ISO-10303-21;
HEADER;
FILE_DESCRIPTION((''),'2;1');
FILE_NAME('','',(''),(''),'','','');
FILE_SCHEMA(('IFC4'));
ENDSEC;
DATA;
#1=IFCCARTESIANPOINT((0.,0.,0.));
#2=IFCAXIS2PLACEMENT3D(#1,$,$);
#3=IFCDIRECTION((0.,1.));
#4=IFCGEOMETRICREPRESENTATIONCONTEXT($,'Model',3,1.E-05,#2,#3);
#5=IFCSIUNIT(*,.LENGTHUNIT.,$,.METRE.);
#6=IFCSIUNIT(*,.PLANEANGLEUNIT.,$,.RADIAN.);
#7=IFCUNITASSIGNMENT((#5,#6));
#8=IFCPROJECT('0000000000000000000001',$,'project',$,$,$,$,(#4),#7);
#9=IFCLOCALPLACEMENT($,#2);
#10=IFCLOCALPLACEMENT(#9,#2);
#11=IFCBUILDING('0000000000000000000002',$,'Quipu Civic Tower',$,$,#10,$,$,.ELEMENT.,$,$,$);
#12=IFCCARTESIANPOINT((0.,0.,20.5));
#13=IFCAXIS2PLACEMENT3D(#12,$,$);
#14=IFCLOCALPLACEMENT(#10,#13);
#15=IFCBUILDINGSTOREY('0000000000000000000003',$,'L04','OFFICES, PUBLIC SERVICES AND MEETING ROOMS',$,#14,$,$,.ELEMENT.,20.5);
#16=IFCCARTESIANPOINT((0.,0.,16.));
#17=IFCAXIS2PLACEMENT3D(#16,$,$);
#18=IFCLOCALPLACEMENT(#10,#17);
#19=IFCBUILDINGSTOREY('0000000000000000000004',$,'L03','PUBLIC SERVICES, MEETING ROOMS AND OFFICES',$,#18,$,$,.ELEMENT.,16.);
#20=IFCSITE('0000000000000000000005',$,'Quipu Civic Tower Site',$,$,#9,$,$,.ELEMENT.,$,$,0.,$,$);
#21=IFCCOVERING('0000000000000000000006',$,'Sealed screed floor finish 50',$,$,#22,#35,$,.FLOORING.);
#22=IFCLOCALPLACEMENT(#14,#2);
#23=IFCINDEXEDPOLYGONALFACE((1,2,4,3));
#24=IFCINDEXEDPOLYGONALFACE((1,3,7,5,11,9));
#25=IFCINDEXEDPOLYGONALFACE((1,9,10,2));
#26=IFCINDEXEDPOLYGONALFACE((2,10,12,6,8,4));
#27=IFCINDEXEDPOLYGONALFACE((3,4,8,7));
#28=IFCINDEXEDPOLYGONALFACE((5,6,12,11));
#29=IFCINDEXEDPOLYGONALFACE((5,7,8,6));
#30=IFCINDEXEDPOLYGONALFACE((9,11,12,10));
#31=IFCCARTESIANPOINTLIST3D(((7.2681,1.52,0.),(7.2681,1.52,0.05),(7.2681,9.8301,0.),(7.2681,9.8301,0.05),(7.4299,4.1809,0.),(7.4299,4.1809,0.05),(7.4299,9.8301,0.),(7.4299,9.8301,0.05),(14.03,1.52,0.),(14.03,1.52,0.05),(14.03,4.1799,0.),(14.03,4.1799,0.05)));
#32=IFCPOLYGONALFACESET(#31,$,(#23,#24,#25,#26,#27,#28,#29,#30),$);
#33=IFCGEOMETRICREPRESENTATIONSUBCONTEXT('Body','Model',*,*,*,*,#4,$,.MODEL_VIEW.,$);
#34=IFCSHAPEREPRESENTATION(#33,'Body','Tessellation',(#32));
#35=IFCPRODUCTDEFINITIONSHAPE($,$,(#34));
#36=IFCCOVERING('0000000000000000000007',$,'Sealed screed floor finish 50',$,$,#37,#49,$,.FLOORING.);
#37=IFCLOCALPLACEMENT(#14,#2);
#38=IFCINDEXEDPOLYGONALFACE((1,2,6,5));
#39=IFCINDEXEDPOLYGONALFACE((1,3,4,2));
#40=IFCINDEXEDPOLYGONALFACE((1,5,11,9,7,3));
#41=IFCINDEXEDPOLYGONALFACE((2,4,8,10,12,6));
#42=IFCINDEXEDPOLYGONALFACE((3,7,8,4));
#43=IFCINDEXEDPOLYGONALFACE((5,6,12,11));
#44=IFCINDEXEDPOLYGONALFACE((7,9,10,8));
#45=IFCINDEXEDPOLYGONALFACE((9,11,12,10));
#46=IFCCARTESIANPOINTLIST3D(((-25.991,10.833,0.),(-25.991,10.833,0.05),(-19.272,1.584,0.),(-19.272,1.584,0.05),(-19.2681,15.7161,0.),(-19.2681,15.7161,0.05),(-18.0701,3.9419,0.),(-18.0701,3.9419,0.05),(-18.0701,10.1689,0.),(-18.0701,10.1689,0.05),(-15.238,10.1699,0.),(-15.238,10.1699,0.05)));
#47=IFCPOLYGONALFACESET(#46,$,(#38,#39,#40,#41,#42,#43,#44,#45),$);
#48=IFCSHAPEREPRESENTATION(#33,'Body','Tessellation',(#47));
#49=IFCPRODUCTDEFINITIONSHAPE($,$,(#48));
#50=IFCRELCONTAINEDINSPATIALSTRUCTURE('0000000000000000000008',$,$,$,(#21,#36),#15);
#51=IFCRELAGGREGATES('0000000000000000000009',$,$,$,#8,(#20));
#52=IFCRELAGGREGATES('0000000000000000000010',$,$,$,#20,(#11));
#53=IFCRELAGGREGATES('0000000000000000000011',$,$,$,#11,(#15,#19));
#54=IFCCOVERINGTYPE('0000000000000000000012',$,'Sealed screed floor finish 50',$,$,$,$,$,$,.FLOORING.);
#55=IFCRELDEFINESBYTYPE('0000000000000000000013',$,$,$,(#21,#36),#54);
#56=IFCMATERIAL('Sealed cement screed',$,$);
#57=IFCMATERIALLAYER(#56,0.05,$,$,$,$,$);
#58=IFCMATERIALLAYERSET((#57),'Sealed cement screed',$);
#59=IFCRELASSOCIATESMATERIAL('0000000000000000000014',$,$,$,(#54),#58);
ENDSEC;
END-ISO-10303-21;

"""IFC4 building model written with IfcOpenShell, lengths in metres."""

from ifc_helpers import new_model, si_unit, direction, frame, origin, place, context, subcontext, project, spatial, polyline, outline, extrude, material, layer, layer_set, type_object, element, save


model = new_model("IFC4")

# Units and contexts
model_context = context("Model", 3, precision=1e-05, world=origin(), true_north=direction((0.0, 1.0)))
body_context = subcontext(model_context, "Body", "Model", "MODEL_VIEW")
ifc_project = project(units=[si_unit("LENGTHUNIT", "METRE"), si_unit("PLANEANGLEUNIT", "RADIAN")], contexts=[model_context])

# Site, building, storey
site_placement = place(None, origin())
site = spatial("IfcSite", under=ifc_project, at=site_placement, Name="Quipu Civic Tower Site", CompositionType="ELEMENT", RefElevation=0.0)
building_placement = place(site_placement, origin())
building = spatial("IfcBuilding", under=site, at=building_placement, Name="Quipu Civic Tower", CompositionType="ELEMENT")
storey_1_placement = place(building_placement, frame((0.0, 0.0, 20.5)))
storey_1 = spatial("IfcBuildingStorey", under=building, at=storey_1_placement, Name="L04", Description="OFFICES, PUBLIC SERVICES AND MEETING ROOMS", CompositionType="ELEMENT", Elevation=20.5)

# Shared definitions
storey_2_placement = place(building_placement, frame((0.0, 0.0, 16.0)))
storey_2 = spatial("IfcBuildingStorey", under=building, at=storey_2_placement, Name="L03", Description="PUBLIC SERVICES, MEETING ROOMS AND OFFICES", CompositionType="ELEMENT", Elevation=16.0)

# Coverings
ifc_material_1 = material(Name="Sealed cement screed")
ifc_layer_1 = layer(ifc_material_1, 0.05)
ifc_layer_set_1 = layer_set([ifc_layer_1], Name="Sealed cement screed")
covering_type_1 = type_object("IfcCoveringType", Name="Sealed screed floor finish 50", PredefinedType="FLOORING", material=ifc_layer_set_1)
covering_1_placement = place(storey_1_placement, origin())
element("IfcCovering", 1, at=covering_1_placement, inside=storey_1, type_object=covering_type_1, Name="Sealed screed floor finish 50", PredefinedType="FLOORING", context=body_context, shape_type="SweptSolid", body=[
    extrude(outline(polyline([(7.2681, 1.52), (7.2681, 9.8301), (7.4299, 9.8301), (7.4299, 4.1809), (14.03, 4.1799), (14.03, 1.52), (7.2681, 1.52)])), origin(), (0.0, 0.0, 1.0), 0.05),
])
covering_2_placement = place(storey_1_placement, origin())
element("IfcCovering", 2, at=covering_2_placement, inside=storey_1, type_object=covering_type_1, Name="Sealed screed floor finish 50", PredefinedType="FLOORING", context=body_context, shape_type="SweptSolid", body=[
    extrude(outline(polyline([(-25.991, 10.833), (-19.2681, 15.7161), (-15.238, 10.1699), (-18.0701, 10.1689), (-18.0701, 3.9419), (-19.272, 1.584), (-25.991, 10.833)])), origin(), (0.0, 0.0, 1.0), 0.05),
])

save(model, "model.ifc")
